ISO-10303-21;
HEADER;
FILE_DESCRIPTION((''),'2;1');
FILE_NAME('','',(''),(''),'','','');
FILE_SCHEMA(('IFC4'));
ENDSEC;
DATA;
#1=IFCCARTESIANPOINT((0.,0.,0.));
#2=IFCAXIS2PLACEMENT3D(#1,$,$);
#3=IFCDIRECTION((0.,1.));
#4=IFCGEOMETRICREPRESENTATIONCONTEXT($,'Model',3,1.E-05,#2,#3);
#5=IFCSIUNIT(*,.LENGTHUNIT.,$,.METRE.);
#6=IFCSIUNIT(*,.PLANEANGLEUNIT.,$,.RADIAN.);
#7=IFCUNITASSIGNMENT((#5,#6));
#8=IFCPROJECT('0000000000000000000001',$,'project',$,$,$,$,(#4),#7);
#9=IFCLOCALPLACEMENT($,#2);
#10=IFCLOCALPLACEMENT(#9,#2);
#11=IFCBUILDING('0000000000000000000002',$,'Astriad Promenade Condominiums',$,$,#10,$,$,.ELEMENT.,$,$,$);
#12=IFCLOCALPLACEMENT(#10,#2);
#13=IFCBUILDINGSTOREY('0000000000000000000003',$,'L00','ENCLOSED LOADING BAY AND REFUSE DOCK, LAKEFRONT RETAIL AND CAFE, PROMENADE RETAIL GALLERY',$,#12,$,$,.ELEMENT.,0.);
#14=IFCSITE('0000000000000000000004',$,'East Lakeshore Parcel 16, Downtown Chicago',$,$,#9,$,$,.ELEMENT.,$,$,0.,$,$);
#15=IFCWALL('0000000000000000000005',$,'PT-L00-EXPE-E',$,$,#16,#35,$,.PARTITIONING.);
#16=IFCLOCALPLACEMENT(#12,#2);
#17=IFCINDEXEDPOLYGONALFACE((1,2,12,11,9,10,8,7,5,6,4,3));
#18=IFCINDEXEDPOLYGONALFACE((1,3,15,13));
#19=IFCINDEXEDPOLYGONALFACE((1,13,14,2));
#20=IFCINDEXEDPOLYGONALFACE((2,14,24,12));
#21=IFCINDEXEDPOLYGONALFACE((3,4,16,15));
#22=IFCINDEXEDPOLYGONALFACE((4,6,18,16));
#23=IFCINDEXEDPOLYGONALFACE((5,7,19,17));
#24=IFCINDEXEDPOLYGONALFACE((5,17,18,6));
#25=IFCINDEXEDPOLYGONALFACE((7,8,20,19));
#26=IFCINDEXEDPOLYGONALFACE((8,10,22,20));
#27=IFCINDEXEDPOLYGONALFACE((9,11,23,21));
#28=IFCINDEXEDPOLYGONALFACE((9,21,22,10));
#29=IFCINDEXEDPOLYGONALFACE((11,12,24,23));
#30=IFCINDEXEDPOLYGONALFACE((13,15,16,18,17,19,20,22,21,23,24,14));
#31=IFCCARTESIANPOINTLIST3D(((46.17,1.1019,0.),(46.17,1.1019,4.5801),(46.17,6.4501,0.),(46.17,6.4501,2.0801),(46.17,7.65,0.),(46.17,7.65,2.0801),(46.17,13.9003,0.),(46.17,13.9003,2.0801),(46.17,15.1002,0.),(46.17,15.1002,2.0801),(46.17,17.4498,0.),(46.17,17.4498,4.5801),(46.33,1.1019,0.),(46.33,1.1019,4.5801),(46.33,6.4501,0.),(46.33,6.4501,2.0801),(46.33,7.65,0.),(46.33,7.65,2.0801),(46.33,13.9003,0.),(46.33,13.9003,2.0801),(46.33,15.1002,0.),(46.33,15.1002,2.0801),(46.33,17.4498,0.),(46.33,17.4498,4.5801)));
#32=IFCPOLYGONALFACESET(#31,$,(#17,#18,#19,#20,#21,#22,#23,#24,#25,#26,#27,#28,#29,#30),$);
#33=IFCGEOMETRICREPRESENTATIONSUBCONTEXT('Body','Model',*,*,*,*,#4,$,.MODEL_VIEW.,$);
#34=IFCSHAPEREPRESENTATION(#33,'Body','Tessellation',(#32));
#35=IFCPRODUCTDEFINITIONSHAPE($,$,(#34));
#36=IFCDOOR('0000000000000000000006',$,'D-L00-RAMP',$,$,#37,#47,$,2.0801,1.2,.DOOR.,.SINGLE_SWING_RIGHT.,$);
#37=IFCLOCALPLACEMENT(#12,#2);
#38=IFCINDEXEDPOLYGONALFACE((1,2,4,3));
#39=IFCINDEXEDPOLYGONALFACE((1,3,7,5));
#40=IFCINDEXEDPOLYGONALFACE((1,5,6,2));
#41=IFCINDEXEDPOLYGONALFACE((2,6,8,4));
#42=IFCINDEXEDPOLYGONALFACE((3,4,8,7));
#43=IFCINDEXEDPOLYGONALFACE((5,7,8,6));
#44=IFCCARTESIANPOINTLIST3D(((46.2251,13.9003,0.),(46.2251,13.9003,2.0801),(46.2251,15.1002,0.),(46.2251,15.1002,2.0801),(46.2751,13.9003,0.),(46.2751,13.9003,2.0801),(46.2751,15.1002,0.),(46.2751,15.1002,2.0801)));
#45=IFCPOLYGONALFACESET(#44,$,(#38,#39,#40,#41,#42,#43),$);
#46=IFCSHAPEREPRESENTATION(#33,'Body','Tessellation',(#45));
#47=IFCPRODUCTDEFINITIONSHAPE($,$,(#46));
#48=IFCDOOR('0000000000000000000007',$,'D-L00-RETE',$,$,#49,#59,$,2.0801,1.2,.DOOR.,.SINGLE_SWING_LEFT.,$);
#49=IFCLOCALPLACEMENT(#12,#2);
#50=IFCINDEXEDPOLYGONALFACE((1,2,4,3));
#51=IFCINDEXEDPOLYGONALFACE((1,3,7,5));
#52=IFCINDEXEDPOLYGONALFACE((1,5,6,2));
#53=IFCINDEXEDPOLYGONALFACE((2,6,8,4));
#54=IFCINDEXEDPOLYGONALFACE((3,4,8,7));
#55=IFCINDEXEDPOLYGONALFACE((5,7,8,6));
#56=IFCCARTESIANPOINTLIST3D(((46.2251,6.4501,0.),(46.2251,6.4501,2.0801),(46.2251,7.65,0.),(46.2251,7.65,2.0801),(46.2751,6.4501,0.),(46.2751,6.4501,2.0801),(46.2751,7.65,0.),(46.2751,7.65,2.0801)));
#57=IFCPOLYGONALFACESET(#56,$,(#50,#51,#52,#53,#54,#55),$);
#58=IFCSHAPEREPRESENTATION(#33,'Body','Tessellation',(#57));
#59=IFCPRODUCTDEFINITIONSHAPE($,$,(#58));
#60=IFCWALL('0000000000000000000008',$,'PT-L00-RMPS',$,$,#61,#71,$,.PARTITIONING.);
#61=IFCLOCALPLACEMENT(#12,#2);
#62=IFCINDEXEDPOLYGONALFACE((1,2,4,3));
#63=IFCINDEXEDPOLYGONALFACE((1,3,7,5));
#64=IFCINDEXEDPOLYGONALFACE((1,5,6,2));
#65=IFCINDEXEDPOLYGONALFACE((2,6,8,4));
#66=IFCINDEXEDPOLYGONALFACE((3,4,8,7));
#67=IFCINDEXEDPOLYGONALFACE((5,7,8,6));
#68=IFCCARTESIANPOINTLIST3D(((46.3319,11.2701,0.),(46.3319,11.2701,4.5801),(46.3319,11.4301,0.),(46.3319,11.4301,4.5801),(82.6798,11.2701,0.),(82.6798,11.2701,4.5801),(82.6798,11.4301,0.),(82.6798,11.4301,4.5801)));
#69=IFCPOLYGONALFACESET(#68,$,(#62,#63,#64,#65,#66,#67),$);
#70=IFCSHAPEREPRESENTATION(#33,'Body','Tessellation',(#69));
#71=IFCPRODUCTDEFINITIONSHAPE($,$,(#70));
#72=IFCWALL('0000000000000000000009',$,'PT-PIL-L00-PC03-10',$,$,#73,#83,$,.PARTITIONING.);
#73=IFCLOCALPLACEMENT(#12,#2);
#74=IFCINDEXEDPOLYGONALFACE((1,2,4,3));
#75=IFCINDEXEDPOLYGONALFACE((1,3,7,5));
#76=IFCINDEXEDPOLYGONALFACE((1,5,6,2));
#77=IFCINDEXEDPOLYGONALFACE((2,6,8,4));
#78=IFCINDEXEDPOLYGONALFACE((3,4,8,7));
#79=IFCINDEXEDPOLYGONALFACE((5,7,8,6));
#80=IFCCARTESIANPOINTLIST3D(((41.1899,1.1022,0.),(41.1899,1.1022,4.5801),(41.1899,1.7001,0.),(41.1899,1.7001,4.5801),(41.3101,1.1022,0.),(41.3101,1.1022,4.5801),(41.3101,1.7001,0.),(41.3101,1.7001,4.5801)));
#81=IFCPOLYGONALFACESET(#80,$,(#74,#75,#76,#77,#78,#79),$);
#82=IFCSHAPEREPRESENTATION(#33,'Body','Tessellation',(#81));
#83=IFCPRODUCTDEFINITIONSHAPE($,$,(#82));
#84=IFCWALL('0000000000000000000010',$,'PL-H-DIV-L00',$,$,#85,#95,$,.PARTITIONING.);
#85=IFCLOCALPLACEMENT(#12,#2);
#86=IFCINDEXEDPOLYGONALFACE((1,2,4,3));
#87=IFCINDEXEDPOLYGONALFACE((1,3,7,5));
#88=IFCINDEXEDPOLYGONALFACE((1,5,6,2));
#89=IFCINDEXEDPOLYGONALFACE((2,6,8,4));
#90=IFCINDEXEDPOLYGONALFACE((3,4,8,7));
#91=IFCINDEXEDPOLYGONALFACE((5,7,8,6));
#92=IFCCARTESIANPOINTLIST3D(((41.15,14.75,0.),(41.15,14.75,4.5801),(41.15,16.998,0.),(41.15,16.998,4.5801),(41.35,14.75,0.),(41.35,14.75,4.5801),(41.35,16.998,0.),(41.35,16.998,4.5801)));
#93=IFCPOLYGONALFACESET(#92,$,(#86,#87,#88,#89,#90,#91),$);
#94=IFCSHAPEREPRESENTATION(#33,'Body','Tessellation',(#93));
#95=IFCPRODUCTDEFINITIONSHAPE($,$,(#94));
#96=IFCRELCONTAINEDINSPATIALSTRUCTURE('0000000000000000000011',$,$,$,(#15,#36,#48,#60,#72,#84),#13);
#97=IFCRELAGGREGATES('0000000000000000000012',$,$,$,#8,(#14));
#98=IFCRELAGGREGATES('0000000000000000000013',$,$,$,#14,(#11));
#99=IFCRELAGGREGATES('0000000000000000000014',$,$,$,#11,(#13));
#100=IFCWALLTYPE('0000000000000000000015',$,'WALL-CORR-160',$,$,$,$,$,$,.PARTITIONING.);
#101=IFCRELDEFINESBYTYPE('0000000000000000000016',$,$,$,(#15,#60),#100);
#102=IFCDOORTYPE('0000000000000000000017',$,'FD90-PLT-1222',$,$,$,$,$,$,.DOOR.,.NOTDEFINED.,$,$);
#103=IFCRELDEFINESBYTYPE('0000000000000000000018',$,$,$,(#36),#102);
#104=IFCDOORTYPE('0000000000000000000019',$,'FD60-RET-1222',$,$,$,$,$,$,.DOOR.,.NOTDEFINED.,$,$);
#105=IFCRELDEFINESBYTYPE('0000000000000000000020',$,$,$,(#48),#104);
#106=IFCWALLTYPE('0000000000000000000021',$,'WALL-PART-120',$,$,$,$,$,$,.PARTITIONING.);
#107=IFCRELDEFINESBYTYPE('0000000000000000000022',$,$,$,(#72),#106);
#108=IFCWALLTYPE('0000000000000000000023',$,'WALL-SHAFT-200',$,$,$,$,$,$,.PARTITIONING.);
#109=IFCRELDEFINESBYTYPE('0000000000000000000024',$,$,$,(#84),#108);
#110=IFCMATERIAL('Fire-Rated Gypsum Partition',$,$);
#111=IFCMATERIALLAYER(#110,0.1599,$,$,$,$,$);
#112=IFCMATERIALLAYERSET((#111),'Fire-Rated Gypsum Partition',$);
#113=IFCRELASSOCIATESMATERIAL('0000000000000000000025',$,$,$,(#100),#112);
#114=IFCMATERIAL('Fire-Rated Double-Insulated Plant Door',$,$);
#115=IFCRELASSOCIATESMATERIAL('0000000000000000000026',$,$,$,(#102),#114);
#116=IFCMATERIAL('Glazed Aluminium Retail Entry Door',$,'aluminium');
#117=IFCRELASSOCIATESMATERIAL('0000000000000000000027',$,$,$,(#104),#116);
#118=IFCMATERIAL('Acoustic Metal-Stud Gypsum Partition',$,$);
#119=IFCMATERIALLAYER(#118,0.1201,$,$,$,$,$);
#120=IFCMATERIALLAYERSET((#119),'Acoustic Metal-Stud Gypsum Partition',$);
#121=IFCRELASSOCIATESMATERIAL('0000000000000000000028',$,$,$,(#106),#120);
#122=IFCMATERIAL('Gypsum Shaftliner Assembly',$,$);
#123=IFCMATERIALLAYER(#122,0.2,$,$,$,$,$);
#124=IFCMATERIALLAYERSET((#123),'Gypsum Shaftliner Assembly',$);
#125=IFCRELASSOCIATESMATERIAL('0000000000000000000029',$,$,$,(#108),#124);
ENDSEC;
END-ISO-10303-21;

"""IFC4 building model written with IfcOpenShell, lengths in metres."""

from ifc_helpers import new_model, si_unit, direction, frame, frame_2d, origin, place, context, subcontext, project, spatial, rectangle, extrude, source, transform, mapped, material, layer, layer_set, type_object, type_shapes, element, fill, save


model = new_model("IFC4")

# Units and contexts
model_context = context("Model", 3, precision=1e-05, world=origin(), true_north=direction((0.0, 1.0)))
body_context = subcontext(model_context, "Body", "Model", "MODEL_VIEW")
ifc_project = project(units=[si_unit("LENGTHUNIT", "METRE"), si_unit("PLANEANGLEUNIT", "RADIAN")], contexts=[model_context])

# Site, building, storey
site_placement = place(None, origin())
site = spatial("IfcSite", under=ifc_project, at=site_placement, Name="East Lakeshore Parcel 16, Downtown Chicago", CompositionType="ELEMENT", RefElevation=0.0)
building_placement = place(site_placement, origin())
building = spatial("IfcBuilding", under=site, at=building_placement, Name="Astriad Promenade Condominiums", CompositionType="ELEMENT")
storey_placement = place(building_placement, origin())
storey = spatial("IfcBuildingStorey", under=building, at=storey_placement, Name="L00", Description="ENCLOSED LOADING BAY AND REFUSE DOCK, LAKEFRONT RETAIL AND CAFE, PROMENADE RETAIL GALLERY", CompositionType="ELEMENT", Elevation=0.0)

# Shared definitions
ifc_material_1 = material(Name="Fire-Rated Gypsum Partition")
ifc_layer_1 = layer(ifc_material_1, 0.1599)
ifc_layer_set_1 = layer_set([ifc_layer_1], Name="Fire-Rated Gypsum Partition")
wall_type_1 = type_object("IfcWallType", Name="WALL-CORR-160", PredefinedType="PARTITIONING", material=ifc_layer_set_1)
ifc_material_2 = material(Name="Fire-Rated Double-Insulated Plant Door")
door_type_1 = type_object("IfcDoorType", Name="FD90-PLT-1222", OperationType="NOTDEFINED", PredefinedType="DOOR", material=ifc_material_2)
shared_shape_1 = source(origin(), body_context, "Body", "SweptSolid", [
    extrude(rectangle(XDim=1.2, YDim=2.0801, at=frame_2d((0.6001, 1.04))), frame((0.0, 0.0249, 0.0), z_axis=(0.0, -1.0, 0.0), x_axis=(1.0, 0.0, 0.0)), (0.0, 0.0, 1.0), 0.05),
])
type_shapes(door_type_1, [shared_shape_1])

# Wall, openings, doors
wall_1_placement = place(storey_placement, frame((46.25, 1.1021, 0.0), z_axis=(0.0, 0.0, 1.0), x_axis=(0.0, 1.0, 0.0)))
wall_1 = element("IfcWall", 1, at=wall_1_placement, inside=storey, type_object=wall_type_1, Name="PT-L00-EXPE-E", PredefinedType="PARTITIONING", context=body_context, shape_type="SweptSolid", body=[
    extrude(rectangle(XDim=16.3479, YDim=0.1599, at=frame_2d((8.1738, 0.0))), origin(), (0.0, 0.0, 1.0), 4.5801),
])
opening_1_placement = place(wall_1_placement, frame((5.3479, 0.0, 0.0)))
opening_1 = element("IfcOpeningElement", 2, at=opening_1_placement, cuts=wall_1, PredefinedType="OPENING", context=body_context, shape_type="SweptSolid", body=[
    extrude(rectangle(XDim=1.2, YDim=2.0801, at=frame_2d((0.6001, 1.04))), frame((0.0, 0.0898, 0.0), z_axis=(0.0, -1.0, 0.0), x_axis=(1.0, 0.0, 0.0)), (0.0, 0.0, 1.0), 0.1799),
])
opening_2_placement = place(wall_1_placement, frame((12.7981, 0.0, 0.0)))
opening_2 = element("IfcOpeningElement", 3, at=opening_2_placement, cuts=wall_1, PredefinedType="OPENING", context=body_context, shape_type="SweptSolid", body=[
    extrude(rectangle(XDim=1.2, YDim=2.0801, at=frame_2d((0.6001, 1.04))), frame((0.0, 0.0898, 0.0), z_axis=(0.0, -1.0, 0.0), x_axis=(1.0, 0.0, 0.0)), (0.0, 0.0, 1.0), 0.1799),
])
door_1_placement = place(opening_2_placement, origin())
door_1 = element("IfcDoor", 4, at=door_1_placement, inside=storey, type_object=door_type_1, Name="D-L00-RAMP", OperationType="SINGLE_SWING_RIGHT", OverallHeight=2.0801, OverallWidth=1.2, PredefinedType="DOOR", context=body_context, shape_type="MappedRepresentation", body=[
    mapped(shared_shape_1, transform((0.0, 0.0, 0.0), scale=1.0)),
])
fill(opening_2, door_1)
ifc_material_3 = material(Name="Glazed Aluminium Retail Entry Door", Category="aluminium")
door_type_2 = type_object("IfcDoorType", Name="FD60-RET-1222", OperationType="NOTDEFINED", PredefinedType="DOOR", material=ifc_material_3)
shared_shape_2 = source(origin(), body_context, "Body", "SweptSolid", [
    extrude(rectangle(XDim=1.2, YDim=2.0801, at=frame_2d((0.6001, 1.04))), frame((0.0, 0.0249, 0.0), z_axis=(0.0, -1.0, 0.0), x_axis=(1.0, 0.0, 0.0)), (0.0, 0.0, 1.0), 0.05),
])
type_shapes(door_type_2, [shared_shape_2])
door_2_placement = place(opening_1_placement, origin())
door_2 = element("IfcDoor", 5, at=door_2_placement, inside=storey, type_object=door_type_2, Name="D-L00-RETE", OperationType="SINGLE_SWING_LEFT", OverallHeight=2.0801, OverallWidth=1.2, PredefinedType="DOOR", context=body_context, shape_type="MappedRepresentation", body=[
    mapped(shared_shape_2, transform((0.0, 0.0, 0.0), scale=1.0)),
])
fill(opening_1, door_2)

# Wall
wall_2_placement = place(storey_placement, frame((46.332, 11.3501, 0.0), z_axis=(0.0, 0.0, 1.0), x_axis=(1.0, 0.0, 0.0)))
element("IfcWall", 6, at=wall_2_placement, inside=storey, type_object=wall_type_1, Name="PT-L00-RMPS", PredefinedType="PARTITIONING", context=body_context, shape_type="SweptSolid", body=[
    extrude(rectangle(XDim=36.3479, YDim=0.1599, at=frame_2d((18.1738, 0.0))), origin(), (0.0, 0.0, 1.0), 4.5801),
])

# Walls
ifc_material_4 = material(Name="Acoustic Metal-Stud Gypsum Partition")
ifc_layer_2 = layer(ifc_material_4, 0.1201)
ifc_layer_set_2 = layer_set([ifc_layer_2], Name="Acoustic Metal-Stud Gypsum Partition")
wall_type_2 = type_object("IfcWallType", Name="WALL-PART-120", PredefinedType="PARTITIONING", material=ifc_layer_set_2)
wall_3_placement = place(storey_placement, frame((41.25, 1.7, 0.0), z_axis=(0.0, 0.0, 1.0), x_axis=(0.0, -1.0, 0.0)))
element("IfcWall", 7, at=wall_3_placement, inside=storey, type_object=wall_type_2, Name="PT-PIL-L00-PC03-10", PredefinedType="PARTITIONING", context=body_context, shape_type="SweptSolid", body=[
    extrude(rectangle(XDim=0.5979, YDim=0.1201, at=frame_2d((0.2988, 0.0))), origin(), (0.0, 0.0, 1.0), 4.5801),
])
ifc_material_5 = material(Name="Gypsum Shaftliner Assembly")
ifc_layer_3 = layer(ifc_material_5, 0.2)
ifc_layer_set_3 = layer_set([ifc_layer_3], Name="Gypsum Shaftliner Assembly")
wall_type_3 = type_object("IfcWallType", Name="WALL-SHAFT-200", PredefinedType="PARTITIONING", material=ifc_layer_set_3)
wall_4_placement = place(storey_placement, frame((41.25, 14.75, 0.0), z_axis=(0.0, 0.0, 1.0), x_axis=(0.0, 1.0, 0.0)))
element("IfcWall", 8, at=wall_4_placement, inside=storey, type_object=wall_type_3, Name="PL-H-DIV-L00", PredefinedType="PARTITIONING", context=body_context, shape_type="SweptSolid", body=[
    extrude(rectangle(XDim=2.248, YDim=0.2, at=frame_2d((1.124, 0.0))), origin(), (0.0, 0.0, 1.0), 4.5801),
])

save(model, "model.ifc")
